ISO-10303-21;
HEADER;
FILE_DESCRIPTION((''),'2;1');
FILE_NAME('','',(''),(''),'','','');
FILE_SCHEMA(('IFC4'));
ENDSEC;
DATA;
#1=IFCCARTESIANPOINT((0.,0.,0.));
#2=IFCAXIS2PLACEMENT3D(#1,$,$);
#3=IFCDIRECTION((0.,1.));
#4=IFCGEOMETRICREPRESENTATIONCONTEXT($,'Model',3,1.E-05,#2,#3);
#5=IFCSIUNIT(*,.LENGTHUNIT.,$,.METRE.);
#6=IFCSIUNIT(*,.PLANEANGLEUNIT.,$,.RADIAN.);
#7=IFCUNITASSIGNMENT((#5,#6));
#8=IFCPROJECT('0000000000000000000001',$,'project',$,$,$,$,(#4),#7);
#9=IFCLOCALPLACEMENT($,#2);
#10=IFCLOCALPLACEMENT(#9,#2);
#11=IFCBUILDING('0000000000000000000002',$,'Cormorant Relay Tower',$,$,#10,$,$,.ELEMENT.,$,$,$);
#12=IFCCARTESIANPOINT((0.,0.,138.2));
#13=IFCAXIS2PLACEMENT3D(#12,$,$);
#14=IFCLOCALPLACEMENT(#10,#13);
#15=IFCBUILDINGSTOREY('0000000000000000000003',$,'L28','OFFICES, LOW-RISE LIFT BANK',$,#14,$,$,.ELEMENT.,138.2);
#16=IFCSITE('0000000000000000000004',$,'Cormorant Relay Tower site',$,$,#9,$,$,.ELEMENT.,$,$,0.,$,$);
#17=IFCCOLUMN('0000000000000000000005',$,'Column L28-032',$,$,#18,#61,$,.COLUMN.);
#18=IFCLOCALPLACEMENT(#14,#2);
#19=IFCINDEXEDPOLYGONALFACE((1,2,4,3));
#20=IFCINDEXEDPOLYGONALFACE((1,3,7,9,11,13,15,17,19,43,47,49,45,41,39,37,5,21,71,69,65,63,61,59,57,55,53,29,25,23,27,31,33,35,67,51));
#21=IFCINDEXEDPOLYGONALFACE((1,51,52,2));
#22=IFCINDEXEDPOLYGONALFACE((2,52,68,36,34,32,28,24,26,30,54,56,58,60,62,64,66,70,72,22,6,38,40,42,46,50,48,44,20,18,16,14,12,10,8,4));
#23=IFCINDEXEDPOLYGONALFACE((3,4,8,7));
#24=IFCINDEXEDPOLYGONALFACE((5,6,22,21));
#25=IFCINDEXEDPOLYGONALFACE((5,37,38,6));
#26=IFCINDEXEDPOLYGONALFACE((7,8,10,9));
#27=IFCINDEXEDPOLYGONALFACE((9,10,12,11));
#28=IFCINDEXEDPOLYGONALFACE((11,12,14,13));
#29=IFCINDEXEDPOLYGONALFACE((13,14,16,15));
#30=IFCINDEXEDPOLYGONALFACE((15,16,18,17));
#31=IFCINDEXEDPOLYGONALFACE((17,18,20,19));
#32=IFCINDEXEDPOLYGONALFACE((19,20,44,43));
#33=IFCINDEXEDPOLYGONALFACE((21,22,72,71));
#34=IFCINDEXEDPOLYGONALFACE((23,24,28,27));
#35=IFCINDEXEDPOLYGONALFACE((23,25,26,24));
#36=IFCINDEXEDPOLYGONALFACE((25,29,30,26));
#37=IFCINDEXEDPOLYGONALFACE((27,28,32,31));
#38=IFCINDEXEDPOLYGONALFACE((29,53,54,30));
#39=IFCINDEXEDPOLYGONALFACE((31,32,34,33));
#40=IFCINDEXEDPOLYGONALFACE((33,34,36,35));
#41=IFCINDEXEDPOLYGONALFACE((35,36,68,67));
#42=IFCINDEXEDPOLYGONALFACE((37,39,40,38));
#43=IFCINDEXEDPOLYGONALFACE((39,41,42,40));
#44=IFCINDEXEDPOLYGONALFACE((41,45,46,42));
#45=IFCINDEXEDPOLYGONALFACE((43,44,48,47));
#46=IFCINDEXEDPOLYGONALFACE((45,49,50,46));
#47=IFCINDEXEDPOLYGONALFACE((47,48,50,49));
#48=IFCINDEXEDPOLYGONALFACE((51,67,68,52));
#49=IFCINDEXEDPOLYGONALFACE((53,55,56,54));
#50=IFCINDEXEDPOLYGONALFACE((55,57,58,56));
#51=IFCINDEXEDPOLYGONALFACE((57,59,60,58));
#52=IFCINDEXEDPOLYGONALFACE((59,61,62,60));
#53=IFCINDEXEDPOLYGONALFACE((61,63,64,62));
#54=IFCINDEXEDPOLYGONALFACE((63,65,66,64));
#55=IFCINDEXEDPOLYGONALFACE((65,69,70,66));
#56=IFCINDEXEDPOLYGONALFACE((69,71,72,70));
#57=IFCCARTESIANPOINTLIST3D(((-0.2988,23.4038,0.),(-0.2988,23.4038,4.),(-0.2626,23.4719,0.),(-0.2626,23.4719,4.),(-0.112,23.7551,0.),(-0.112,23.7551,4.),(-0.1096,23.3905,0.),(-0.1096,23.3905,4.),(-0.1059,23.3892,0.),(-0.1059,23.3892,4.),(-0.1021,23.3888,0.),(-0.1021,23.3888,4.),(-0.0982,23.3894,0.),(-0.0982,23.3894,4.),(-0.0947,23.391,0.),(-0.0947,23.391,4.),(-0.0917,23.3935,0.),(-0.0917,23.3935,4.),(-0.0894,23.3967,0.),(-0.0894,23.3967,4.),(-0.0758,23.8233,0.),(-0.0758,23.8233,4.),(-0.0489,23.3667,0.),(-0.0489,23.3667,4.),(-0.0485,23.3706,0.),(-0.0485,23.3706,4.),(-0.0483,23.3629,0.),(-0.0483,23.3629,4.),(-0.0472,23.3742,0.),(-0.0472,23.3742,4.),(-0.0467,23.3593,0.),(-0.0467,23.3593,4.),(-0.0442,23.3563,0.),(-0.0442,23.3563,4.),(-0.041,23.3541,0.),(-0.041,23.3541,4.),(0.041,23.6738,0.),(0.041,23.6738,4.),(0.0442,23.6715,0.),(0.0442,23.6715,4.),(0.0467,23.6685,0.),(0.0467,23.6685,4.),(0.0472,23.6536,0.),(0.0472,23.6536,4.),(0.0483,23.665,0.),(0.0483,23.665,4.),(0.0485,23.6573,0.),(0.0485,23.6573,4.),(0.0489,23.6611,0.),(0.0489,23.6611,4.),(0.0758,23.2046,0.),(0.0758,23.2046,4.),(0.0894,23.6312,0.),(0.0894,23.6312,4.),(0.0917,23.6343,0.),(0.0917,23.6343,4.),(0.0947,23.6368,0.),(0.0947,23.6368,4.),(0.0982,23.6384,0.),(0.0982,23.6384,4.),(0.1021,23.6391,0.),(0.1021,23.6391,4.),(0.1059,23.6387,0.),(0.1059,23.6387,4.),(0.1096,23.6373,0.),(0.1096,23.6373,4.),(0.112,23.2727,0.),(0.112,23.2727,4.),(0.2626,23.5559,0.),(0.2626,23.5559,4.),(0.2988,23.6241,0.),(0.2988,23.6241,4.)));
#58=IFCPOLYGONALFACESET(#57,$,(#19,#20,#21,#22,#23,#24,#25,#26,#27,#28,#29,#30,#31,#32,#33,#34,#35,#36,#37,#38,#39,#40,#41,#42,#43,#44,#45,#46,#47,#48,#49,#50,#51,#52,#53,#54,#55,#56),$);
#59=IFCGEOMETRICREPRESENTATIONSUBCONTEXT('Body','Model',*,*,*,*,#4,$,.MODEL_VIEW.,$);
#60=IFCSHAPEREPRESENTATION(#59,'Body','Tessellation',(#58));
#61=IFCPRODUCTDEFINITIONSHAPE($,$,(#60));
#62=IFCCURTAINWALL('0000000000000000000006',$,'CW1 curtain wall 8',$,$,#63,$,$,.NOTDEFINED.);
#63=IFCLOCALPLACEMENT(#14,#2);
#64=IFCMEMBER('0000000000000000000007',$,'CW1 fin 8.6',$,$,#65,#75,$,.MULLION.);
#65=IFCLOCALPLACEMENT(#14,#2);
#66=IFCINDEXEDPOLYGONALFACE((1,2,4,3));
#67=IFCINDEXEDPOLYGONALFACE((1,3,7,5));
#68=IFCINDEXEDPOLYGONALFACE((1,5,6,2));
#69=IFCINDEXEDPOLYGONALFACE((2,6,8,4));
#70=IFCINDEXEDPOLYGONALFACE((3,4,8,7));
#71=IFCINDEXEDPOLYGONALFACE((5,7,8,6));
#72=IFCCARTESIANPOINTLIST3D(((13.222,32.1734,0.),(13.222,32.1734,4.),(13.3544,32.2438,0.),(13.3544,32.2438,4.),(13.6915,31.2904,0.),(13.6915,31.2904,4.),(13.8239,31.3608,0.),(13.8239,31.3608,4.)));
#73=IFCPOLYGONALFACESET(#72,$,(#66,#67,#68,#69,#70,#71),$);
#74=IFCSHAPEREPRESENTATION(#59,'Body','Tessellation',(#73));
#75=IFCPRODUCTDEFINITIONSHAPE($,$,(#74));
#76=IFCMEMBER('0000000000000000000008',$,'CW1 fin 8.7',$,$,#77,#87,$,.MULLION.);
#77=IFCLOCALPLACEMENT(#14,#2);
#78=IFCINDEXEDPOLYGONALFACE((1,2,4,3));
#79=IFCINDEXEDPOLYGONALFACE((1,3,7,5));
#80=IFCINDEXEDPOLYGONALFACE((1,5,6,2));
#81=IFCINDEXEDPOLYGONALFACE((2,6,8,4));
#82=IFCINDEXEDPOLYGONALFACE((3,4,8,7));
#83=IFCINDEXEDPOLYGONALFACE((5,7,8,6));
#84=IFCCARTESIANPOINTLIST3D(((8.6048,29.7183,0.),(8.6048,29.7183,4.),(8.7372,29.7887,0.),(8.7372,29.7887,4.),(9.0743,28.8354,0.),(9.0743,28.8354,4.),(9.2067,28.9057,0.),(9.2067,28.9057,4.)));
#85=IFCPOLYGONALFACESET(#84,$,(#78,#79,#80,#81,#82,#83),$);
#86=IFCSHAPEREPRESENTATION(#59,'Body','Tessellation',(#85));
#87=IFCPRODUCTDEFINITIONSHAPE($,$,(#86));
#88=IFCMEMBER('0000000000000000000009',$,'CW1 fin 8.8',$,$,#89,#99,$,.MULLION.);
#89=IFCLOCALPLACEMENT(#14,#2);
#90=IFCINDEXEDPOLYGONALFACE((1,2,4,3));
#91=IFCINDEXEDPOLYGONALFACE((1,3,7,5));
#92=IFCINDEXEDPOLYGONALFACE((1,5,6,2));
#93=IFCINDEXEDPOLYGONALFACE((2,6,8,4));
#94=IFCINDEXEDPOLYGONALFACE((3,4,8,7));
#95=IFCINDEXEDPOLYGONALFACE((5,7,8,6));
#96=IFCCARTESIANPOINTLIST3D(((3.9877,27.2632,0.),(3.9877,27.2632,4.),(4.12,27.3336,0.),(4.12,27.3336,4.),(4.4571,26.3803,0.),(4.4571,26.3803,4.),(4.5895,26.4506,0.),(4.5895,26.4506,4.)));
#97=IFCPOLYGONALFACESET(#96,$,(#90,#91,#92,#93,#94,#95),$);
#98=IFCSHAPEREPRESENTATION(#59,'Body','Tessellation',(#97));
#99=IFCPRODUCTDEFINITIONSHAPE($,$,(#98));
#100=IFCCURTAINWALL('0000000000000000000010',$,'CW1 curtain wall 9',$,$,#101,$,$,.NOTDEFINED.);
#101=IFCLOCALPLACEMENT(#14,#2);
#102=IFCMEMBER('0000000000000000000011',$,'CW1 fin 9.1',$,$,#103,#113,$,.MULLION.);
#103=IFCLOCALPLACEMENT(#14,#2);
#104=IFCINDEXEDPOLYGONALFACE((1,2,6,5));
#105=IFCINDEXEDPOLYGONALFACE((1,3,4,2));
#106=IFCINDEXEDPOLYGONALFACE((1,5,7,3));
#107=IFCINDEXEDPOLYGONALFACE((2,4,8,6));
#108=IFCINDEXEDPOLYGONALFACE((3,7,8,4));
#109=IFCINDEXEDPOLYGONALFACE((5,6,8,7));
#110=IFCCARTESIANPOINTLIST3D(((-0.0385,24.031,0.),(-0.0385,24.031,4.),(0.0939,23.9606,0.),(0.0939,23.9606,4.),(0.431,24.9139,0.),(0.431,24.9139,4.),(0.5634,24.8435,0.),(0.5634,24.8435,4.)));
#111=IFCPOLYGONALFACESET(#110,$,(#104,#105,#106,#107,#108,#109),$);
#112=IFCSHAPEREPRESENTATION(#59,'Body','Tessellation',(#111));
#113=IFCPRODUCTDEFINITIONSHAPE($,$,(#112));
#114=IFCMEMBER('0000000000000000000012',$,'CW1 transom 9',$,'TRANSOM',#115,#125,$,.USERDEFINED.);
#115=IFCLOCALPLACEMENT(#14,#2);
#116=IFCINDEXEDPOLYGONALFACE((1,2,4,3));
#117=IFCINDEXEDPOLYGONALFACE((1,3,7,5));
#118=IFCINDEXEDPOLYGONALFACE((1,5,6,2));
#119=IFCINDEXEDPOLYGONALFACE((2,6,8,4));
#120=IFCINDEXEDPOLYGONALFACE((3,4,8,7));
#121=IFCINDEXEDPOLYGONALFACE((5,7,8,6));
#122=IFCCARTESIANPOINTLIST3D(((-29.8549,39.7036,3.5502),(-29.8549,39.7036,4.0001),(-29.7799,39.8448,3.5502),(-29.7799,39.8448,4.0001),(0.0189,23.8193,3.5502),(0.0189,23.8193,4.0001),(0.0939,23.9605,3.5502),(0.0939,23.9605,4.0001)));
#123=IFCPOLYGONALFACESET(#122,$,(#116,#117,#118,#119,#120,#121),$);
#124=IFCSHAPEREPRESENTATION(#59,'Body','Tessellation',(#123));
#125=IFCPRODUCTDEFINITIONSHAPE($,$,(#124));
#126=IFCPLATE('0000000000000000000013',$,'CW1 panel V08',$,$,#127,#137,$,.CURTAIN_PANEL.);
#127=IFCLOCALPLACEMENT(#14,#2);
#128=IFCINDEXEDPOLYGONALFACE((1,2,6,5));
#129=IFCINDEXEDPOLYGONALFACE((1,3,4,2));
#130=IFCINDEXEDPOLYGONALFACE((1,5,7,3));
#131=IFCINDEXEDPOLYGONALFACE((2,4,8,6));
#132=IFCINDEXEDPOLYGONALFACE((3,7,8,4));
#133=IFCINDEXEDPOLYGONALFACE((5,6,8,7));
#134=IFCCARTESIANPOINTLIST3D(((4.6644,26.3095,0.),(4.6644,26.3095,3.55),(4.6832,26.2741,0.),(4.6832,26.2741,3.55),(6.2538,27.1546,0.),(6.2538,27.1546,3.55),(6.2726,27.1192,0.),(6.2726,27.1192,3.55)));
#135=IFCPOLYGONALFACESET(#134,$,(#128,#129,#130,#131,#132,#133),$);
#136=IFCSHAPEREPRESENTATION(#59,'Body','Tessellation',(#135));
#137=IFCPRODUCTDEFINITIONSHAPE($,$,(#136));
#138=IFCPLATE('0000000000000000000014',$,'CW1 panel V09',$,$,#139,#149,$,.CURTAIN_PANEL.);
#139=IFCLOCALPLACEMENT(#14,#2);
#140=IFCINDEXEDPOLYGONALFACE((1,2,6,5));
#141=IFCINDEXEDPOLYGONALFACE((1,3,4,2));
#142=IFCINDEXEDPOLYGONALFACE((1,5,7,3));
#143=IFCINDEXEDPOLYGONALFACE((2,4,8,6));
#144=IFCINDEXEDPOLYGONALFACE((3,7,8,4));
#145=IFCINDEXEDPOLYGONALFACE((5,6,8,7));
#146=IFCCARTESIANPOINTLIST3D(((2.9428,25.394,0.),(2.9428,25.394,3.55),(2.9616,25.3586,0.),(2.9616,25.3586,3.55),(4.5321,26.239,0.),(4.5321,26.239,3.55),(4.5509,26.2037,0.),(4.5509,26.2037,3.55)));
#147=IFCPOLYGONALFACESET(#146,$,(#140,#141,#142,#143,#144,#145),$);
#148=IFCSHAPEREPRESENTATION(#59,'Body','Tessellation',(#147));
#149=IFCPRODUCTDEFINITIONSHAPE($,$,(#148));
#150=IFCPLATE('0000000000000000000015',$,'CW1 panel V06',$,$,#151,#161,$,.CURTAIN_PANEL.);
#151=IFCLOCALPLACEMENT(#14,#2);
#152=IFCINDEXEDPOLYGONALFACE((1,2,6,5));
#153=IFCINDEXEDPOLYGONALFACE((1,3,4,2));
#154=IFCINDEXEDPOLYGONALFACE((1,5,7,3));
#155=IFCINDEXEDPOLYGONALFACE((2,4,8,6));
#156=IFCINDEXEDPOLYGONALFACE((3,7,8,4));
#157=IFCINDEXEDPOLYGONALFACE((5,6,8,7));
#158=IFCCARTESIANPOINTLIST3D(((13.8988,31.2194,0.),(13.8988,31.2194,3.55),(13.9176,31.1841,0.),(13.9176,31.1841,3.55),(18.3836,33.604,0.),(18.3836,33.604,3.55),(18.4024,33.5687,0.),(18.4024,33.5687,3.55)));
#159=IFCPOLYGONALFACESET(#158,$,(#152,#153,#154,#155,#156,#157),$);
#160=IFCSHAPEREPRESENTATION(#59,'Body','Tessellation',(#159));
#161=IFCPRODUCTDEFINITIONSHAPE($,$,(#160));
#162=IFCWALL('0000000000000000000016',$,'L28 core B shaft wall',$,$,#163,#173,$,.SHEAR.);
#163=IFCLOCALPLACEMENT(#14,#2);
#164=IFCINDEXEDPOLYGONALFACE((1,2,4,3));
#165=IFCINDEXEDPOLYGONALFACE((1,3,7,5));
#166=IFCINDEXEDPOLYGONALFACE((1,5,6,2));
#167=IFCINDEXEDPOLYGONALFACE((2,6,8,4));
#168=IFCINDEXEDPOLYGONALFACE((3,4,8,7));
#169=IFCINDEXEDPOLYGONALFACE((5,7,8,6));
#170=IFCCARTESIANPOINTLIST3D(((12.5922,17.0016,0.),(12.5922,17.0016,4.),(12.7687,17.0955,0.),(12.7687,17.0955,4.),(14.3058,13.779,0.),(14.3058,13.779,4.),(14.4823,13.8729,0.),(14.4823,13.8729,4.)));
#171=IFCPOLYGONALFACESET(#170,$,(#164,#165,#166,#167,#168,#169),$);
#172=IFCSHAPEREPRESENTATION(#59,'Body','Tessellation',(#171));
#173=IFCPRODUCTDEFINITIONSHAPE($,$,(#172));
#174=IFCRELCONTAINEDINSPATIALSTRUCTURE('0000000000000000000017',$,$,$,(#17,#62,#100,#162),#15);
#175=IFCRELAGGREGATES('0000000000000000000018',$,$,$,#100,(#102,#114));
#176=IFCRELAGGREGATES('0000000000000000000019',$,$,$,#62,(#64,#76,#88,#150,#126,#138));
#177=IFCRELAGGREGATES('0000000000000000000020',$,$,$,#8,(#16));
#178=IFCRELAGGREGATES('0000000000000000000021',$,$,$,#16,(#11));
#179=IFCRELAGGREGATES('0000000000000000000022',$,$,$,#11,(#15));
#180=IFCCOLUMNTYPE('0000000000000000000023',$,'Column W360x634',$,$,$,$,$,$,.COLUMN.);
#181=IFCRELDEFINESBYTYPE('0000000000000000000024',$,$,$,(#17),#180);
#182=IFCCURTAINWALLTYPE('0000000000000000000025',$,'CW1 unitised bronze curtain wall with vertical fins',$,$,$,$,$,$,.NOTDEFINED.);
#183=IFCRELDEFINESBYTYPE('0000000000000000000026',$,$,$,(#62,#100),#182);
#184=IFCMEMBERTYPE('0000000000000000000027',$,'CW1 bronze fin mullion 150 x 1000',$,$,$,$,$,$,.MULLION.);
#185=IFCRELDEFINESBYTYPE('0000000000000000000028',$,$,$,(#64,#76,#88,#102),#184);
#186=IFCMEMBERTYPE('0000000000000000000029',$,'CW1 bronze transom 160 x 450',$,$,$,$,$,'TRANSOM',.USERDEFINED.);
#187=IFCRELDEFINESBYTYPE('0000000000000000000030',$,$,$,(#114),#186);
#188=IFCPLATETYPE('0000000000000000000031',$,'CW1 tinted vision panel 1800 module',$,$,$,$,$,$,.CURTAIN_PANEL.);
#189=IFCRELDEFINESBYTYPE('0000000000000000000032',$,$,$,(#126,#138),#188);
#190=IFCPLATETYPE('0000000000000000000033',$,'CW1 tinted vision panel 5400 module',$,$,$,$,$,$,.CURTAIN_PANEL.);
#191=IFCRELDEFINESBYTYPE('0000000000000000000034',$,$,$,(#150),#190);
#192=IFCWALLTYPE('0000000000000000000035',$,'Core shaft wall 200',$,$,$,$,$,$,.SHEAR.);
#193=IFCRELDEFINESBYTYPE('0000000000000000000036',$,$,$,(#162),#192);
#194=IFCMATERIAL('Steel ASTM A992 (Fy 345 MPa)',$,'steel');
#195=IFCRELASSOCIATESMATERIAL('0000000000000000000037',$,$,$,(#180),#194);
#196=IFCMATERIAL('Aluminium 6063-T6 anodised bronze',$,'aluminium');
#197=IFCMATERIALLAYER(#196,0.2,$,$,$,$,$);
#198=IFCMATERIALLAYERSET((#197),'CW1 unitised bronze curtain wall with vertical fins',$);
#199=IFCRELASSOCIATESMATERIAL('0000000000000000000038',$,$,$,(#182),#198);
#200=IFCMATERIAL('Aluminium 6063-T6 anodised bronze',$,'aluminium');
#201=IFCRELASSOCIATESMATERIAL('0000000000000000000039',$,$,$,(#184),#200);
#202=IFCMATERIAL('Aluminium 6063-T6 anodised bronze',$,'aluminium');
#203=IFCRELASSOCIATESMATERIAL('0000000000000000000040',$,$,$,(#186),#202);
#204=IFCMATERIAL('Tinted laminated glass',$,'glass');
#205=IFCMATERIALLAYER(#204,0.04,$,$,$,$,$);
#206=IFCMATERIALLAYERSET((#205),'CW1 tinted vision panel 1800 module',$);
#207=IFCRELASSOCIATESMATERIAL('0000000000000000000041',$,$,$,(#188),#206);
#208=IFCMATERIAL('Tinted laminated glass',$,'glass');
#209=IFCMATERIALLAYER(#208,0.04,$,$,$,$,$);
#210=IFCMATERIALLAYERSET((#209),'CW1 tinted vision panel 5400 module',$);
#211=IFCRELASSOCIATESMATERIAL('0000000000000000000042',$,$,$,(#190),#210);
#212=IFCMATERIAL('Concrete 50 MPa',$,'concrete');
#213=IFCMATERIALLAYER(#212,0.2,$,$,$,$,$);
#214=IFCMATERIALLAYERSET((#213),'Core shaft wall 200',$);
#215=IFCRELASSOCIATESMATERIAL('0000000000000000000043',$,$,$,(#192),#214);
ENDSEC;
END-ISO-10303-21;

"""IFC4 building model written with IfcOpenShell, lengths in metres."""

from ifc_helpers import new_model, si_unit, direction, frame, frame_2d, origin, origin_2d, place, context, subcontext, project, spatial, rectangle, i_section, extrude, material, layer, layer_set, material_profile, profile_set, type_object, element, aggregate, save


model = new_model("IFC4")

# Units and contexts
model_context = context("Model", 3, precision=1e-05, world=origin(), true_north=direction((0.0, 1.0)))
body_context = subcontext(model_context, "Body", "Model", "MODEL_VIEW")
ifc_project = project(units=[si_unit("LENGTHUNIT", "METRE"), si_unit("PLANEANGLEUNIT", "RADIAN")], contexts=[model_context])

# Site, building, storey
site_placement = place(None, origin())
site = spatial("IfcSite", under=ifc_project, at=site_placement, Name="Cormorant Relay Tower site", CompositionType="ELEMENT", RefElevation=0.0)
building_placement = place(site_placement, origin())
building = spatial("IfcBuilding", under=site, at=building_placement, Name="Cormorant Relay Tower", CompositionType="ELEMENT")
storey_placement = place(building_placement, frame((0.0, 0.0, 138.2)))
storey = spatial("IfcBuildingStorey", under=building, at=storey_placement, Name="L28", Description="OFFICES, LOW-RISE LIFT BANK", CompositionType="ELEMENT", Elevation=138.2)

# Column
ifc_material_1 = material(Name="Steel ASTM A992 (Fy 345 MPa)", Category="steel")
ifc_material_profile_1 = material_profile(ifc_material_1, i_section(OverallWidth=0.4243, OverallDepth=0.4751, WebThickness=0.0479, FlangeThickness=0.0771, FilletRadius=0.0149, at=origin_2d()), Name="W360x634")
ifc_profile_set_1 = profile_set([ifc_material_profile_1], Name="Steel ASTM A992 (Fy 345 MPa)")
column_type_1 = type_object("IfcColumnType", Name="Column W360x634", PredefinedType="COLUMN", material=ifc_profile_set_1)
column_1_placement = place(storey_placement, frame((0.0, 23.5139, 0.0), z_axis=(0.0, 0.0, 1.0), x_axis=(-0.882948, 0.469472, 0.0)))
element("IfcColumn", 1, at=column_1_placement, inside=storey, type_object=column_type_1, Name="Column L28-032", PredefinedType="COLUMN", context=body_context, shape_type="SweptSolid", body=[
    extrude(i_section(OverallWidth=0.4243, OverallDepth=0.4751, WebThickness=0.0479, FlangeThickness=0.0771, FilletRadius=0.0149, at=origin_2d()), origin(), (0.0, 0.0, 1.0), 4.0),
])

# Curtain walls, members
ifc_material_2 = material(Name="Aluminium 6063-T6 anodised bronze", Category="aluminium")
ifc_layer_1 = layer(ifc_material_2, 0.2)
ifc_layer_set_1 = layer_set([ifc_layer_1], Name="CW1 unitised bronze curtain wall with vertical fins")
curtain_wall_type = type_object("IfcCurtainWallType", Name="CW1 unitised bronze curtain wall with vertical fins", PredefinedType="NOTDEFINED", material=ifc_layer_set_1)
curtain_wall_1_placement = place(storey_placement, origin())
curtain_wall_1 = element("IfcCurtainWall", 2, at=curtain_wall_1_placement, inside=storey, type_object=curtain_wall_type, Name="CW1 curtain wall 8", PredefinedType="NOTDEFINED")
ifc_material_3 = material(Name="Aluminium 6063-T6 anodised bronze", Category="aluminium")
ifc_material_profile_2 = material_profile(ifc_material_3, rectangle(XDim=0.1499, YDim=1.0, at=origin_2d()), Name="AL 150x1000")
ifc_profile_set_2 = profile_set([ifc_material_profile_2], Name="Aluminium 6063-T6 anodised bronze")
member_type_1 = type_object("IfcMemberType", Name="CW1 bronze fin mullion 150 x 1000", PredefinedType="MULLION", material=ifc_profile_set_2)
member_1_placement = place(storey_placement, frame((13.5229, 31.7671, 0.0), z_axis=(0.0, 0.0, 1.0), x_axis=(-0.882948, -0.469472, 0.0)))
member_1 = element("IfcMember", 3, at=member_1_placement, type_object=member_type_1, Name="CW1 fin 8.6", PredefinedType="MULLION", context=body_context, shape_type="SweptSolid", body=[
    extrude(rectangle(XDim=0.1499, YDim=1.0, at=origin_2d()), origin(), (0.0, 0.0, 1.0), 4.0),
])
member_2_placement = place(storey_placement, frame((8.9058, 29.312, 0.0), z_axis=(0.0, 0.0, 1.0), x_axis=(-0.882948, -0.469472, 0.0)))
member_2 = element("IfcMember", 4, at=member_2_placement, type_object=member_type_1, Name="CW1 fin 8.7", PredefinedType="MULLION", context=body_context, shape_type="SweptSolid", body=[
    extrude(rectangle(XDim=0.1499, YDim=1.0, at=origin_2d()), origin(), (0.0, 0.0, 1.0), 4.0),
])
member_3_placement = place(storey_placement, frame((4.2886, 26.8569, 0.0), z_axis=(0.0, 0.0, 1.0), x_axis=(-0.882948, -0.469472, 0.0)))
member_3 = element("IfcMember", 5, at=member_3_placement, type_object=member_type_1, Name="CW1 fin 8.8", PredefinedType="MULLION", context=body_context, shape_type="SweptSolid", body=[
    extrude(rectangle(XDim=0.1499, YDim=1.0, at=origin_2d()), origin(), (0.0, 0.0, 1.0), 4.0),
])
curtain_wall_2_placement = place(storey_placement, origin())
curtain_wall_2 = element("IfcCurtainWall", 6, at=curtain_wall_2_placement, inside=storey, type_object=curtain_wall_type, Name="CW1 curtain wall 9", PredefinedType="NOTDEFINED")
member_4_placement = place(storey_placement, frame((0.2625, 24.4373, 0.0), z_axis=(0.0, 0.0, 1.0), x_axis=(-0.882948, 0.469472, 0.0)))
member_4 = element("IfcMember", 7, at=member_4_placement, type_object=member_type_1, Name="CW1 fin 9.1", PredefinedType="MULLION", context=body_context, shape_type="SweptSolid", body=[
    extrude(rectangle(XDim=0.1499, YDim=1.0, at=origin_2d()), origin(), (0.0, 0.0, 1.0), 4.0),
])
ifc_material_4 = material(Name="Aluminium 6063-T6 anodised bronze", Category="aluminium")
ifc_material_profile_3 = material_profile(ifc_material_4, rectangle(XDim=0.1599, YDim=0.45, at=origin_2d()), Name="AL 160x450")
ifc_profile_set_3 = profile_set([ifc_material_profile_3], Name="Aluminium 6063-T6 anodised bronze")
member_type_2 = type_object("IfcMemberType", Name="CW1 bronze transom 160 x 450", ElementType="TRANSOM", PredefinedType="USERDEFINED", material=ifc_profile_set_3)
member_5_placement = place(storey_placement, frame((0.0564, 23.8899, 3.7751), z_axis=(-0.882946, 0.469474, 0.0), x_axis=(-0.469474, -0.882946, 0.0)))
member_5 = element("IfcMember", 8, at=member_5_placement, type_object=member_type_2, Name="CW1 transom 9", ObjectType="TRANSOM", PredefinedType="USERDEFINED", context=body_context, shape_type="SweptSolid", body=[
    extrude(rectangle(XDim=0.1599, YDim=0.45, at=origin_2d()), origin(), (0.0, 0.0, 1.0), 33.8342),
])
aggregate(curtain_wall_2, [member_4, member_5])

# Plates
ifc_material_5 = material(Name="Tinted laminated glass", Category="glass")
ifc_layer_2 = layer(ifc_material_5, 0.04)
ifc_layer_set_2 = layer_set([ifc_layer_2], Name="CW1 tinted vision panel 1800 module")
plate_type_1 = type_object("IfcPlateType", Name="CW1 tinted vision panel 1800 module", PredefinedType="CURTAIN_PANEL", material=ifc_layer_set_2)
plate_1_placement = place(storey_placement, frame((5.4685, 26.7144, 0.0), z_axis=(0.0, 0.0, 1.0), x_axis=(-0.882948, -0.469472, 0.0)))
plate_1 = element("IfcPlate", 9, at=plate_1_placement, type_object=plate_type_1, Name="CW1 panel V08", PredefinedType="CURTAIN_PANEL", context=body_context, shape_type="SweptSolid", body=[
    extrude(rectangle(XDim=1.8, YDim=0.04, at=origin_2d()), origin(), (0.0, 0.0, 1.0), 3.55),
])
plate_2_placement = place(storey_placement, frame((3.7468, 25.7988, 0.0), z_axis=(0.0, 0.0, 1.0), x_axis=(-0.882948, -0.469472, 0.0)))
plate_2 = element("IfcPlate", 10, at=plate_2_placement, type_object=plate_type_1, Name="CW1 panel V09", PredefinedType="CURTAIN_PANEL", context=body_context, shape_type="SweptSolid", body=[
    extrude(rectangle(XDim=1.8, YDim=0.04, at=origin_2d()), origin(), (0.0, 0.0, 1.0), 3.55),
])
ifc_material_6 = material(Name="Tinted laminated glass", Category="glass")
ifc_layer_3 = layer(ifc_material_6, 0.04)
ifc_layer_set_3 = layer_set([ifc_layer_3], Name="CW1 tinted vision panel 5400 module")
plate_type_2 = type_object("IfcPlateType", Name="CW1 tinted vision panel 5400 module", PredefinedType="CURTAIN_PANEL", material=ifc_layer_set_3)
plate_3_placement = place(storey_placement, frame((16.1506, 32.394, 0.0), z_axis=(0.0, 0.0, 1.0), x_axis=(-0.882948, -0.469472, 0.0)))
plate_3 = element("IfcPlate", 11, at=plate_3_placement, type_object=plate_type_2, Name="CW1 panel V06", PredefinedType="CURTAIN_PANEL", context=body_context, shape_type="SweptSolid", body=[
    extrude(rectangle(XDim=5.0793, YDim=0.04, at=origin_2d()), origin(), (0.0, 0.0, 1.0), 3.55),
])

# Wall
ifc_material_7 = material(Name="Concrete 50 MPa", Category="concrete")
ifc_layer_4 = layer(ifc_material_7, 0.2)
ifc_layer_set_4 = layer_set([ifc_layer_4], Name="Core shaft wall 200")
wall_type_1 = type_object("IfcWallType", Name="Core shaft wall 200", PredefinedType="SHEAR", material=ifc_layer_set_4)
wall_1_placement = place(storey_placement, frame((14.394, 13.8259, 0.0), z_axis=(0.0, 0.0, 1.0), x_axis=(-0.469494, 0.882936, 0.0)))
element("IfcWall", 12, at=wall_1_placement, inside=storey, type_object=wall_type_1, Name="L28 core B shaft wall", PredefinedType="SHEAR", context=body_context, shape_type="SweptSolid", body=[
    extrude(rectangle(XDim=3.6499, YDim=0.2, at=frame_2d((1.825, 0.0))), origin(), (0.0, 0.0, 1.0), 4.0),
])

aggregate(curtain_wall_1, [member_1, member_2, member_3, plate_3, plate_1, plate_2])

save(model, "model.ifc")
